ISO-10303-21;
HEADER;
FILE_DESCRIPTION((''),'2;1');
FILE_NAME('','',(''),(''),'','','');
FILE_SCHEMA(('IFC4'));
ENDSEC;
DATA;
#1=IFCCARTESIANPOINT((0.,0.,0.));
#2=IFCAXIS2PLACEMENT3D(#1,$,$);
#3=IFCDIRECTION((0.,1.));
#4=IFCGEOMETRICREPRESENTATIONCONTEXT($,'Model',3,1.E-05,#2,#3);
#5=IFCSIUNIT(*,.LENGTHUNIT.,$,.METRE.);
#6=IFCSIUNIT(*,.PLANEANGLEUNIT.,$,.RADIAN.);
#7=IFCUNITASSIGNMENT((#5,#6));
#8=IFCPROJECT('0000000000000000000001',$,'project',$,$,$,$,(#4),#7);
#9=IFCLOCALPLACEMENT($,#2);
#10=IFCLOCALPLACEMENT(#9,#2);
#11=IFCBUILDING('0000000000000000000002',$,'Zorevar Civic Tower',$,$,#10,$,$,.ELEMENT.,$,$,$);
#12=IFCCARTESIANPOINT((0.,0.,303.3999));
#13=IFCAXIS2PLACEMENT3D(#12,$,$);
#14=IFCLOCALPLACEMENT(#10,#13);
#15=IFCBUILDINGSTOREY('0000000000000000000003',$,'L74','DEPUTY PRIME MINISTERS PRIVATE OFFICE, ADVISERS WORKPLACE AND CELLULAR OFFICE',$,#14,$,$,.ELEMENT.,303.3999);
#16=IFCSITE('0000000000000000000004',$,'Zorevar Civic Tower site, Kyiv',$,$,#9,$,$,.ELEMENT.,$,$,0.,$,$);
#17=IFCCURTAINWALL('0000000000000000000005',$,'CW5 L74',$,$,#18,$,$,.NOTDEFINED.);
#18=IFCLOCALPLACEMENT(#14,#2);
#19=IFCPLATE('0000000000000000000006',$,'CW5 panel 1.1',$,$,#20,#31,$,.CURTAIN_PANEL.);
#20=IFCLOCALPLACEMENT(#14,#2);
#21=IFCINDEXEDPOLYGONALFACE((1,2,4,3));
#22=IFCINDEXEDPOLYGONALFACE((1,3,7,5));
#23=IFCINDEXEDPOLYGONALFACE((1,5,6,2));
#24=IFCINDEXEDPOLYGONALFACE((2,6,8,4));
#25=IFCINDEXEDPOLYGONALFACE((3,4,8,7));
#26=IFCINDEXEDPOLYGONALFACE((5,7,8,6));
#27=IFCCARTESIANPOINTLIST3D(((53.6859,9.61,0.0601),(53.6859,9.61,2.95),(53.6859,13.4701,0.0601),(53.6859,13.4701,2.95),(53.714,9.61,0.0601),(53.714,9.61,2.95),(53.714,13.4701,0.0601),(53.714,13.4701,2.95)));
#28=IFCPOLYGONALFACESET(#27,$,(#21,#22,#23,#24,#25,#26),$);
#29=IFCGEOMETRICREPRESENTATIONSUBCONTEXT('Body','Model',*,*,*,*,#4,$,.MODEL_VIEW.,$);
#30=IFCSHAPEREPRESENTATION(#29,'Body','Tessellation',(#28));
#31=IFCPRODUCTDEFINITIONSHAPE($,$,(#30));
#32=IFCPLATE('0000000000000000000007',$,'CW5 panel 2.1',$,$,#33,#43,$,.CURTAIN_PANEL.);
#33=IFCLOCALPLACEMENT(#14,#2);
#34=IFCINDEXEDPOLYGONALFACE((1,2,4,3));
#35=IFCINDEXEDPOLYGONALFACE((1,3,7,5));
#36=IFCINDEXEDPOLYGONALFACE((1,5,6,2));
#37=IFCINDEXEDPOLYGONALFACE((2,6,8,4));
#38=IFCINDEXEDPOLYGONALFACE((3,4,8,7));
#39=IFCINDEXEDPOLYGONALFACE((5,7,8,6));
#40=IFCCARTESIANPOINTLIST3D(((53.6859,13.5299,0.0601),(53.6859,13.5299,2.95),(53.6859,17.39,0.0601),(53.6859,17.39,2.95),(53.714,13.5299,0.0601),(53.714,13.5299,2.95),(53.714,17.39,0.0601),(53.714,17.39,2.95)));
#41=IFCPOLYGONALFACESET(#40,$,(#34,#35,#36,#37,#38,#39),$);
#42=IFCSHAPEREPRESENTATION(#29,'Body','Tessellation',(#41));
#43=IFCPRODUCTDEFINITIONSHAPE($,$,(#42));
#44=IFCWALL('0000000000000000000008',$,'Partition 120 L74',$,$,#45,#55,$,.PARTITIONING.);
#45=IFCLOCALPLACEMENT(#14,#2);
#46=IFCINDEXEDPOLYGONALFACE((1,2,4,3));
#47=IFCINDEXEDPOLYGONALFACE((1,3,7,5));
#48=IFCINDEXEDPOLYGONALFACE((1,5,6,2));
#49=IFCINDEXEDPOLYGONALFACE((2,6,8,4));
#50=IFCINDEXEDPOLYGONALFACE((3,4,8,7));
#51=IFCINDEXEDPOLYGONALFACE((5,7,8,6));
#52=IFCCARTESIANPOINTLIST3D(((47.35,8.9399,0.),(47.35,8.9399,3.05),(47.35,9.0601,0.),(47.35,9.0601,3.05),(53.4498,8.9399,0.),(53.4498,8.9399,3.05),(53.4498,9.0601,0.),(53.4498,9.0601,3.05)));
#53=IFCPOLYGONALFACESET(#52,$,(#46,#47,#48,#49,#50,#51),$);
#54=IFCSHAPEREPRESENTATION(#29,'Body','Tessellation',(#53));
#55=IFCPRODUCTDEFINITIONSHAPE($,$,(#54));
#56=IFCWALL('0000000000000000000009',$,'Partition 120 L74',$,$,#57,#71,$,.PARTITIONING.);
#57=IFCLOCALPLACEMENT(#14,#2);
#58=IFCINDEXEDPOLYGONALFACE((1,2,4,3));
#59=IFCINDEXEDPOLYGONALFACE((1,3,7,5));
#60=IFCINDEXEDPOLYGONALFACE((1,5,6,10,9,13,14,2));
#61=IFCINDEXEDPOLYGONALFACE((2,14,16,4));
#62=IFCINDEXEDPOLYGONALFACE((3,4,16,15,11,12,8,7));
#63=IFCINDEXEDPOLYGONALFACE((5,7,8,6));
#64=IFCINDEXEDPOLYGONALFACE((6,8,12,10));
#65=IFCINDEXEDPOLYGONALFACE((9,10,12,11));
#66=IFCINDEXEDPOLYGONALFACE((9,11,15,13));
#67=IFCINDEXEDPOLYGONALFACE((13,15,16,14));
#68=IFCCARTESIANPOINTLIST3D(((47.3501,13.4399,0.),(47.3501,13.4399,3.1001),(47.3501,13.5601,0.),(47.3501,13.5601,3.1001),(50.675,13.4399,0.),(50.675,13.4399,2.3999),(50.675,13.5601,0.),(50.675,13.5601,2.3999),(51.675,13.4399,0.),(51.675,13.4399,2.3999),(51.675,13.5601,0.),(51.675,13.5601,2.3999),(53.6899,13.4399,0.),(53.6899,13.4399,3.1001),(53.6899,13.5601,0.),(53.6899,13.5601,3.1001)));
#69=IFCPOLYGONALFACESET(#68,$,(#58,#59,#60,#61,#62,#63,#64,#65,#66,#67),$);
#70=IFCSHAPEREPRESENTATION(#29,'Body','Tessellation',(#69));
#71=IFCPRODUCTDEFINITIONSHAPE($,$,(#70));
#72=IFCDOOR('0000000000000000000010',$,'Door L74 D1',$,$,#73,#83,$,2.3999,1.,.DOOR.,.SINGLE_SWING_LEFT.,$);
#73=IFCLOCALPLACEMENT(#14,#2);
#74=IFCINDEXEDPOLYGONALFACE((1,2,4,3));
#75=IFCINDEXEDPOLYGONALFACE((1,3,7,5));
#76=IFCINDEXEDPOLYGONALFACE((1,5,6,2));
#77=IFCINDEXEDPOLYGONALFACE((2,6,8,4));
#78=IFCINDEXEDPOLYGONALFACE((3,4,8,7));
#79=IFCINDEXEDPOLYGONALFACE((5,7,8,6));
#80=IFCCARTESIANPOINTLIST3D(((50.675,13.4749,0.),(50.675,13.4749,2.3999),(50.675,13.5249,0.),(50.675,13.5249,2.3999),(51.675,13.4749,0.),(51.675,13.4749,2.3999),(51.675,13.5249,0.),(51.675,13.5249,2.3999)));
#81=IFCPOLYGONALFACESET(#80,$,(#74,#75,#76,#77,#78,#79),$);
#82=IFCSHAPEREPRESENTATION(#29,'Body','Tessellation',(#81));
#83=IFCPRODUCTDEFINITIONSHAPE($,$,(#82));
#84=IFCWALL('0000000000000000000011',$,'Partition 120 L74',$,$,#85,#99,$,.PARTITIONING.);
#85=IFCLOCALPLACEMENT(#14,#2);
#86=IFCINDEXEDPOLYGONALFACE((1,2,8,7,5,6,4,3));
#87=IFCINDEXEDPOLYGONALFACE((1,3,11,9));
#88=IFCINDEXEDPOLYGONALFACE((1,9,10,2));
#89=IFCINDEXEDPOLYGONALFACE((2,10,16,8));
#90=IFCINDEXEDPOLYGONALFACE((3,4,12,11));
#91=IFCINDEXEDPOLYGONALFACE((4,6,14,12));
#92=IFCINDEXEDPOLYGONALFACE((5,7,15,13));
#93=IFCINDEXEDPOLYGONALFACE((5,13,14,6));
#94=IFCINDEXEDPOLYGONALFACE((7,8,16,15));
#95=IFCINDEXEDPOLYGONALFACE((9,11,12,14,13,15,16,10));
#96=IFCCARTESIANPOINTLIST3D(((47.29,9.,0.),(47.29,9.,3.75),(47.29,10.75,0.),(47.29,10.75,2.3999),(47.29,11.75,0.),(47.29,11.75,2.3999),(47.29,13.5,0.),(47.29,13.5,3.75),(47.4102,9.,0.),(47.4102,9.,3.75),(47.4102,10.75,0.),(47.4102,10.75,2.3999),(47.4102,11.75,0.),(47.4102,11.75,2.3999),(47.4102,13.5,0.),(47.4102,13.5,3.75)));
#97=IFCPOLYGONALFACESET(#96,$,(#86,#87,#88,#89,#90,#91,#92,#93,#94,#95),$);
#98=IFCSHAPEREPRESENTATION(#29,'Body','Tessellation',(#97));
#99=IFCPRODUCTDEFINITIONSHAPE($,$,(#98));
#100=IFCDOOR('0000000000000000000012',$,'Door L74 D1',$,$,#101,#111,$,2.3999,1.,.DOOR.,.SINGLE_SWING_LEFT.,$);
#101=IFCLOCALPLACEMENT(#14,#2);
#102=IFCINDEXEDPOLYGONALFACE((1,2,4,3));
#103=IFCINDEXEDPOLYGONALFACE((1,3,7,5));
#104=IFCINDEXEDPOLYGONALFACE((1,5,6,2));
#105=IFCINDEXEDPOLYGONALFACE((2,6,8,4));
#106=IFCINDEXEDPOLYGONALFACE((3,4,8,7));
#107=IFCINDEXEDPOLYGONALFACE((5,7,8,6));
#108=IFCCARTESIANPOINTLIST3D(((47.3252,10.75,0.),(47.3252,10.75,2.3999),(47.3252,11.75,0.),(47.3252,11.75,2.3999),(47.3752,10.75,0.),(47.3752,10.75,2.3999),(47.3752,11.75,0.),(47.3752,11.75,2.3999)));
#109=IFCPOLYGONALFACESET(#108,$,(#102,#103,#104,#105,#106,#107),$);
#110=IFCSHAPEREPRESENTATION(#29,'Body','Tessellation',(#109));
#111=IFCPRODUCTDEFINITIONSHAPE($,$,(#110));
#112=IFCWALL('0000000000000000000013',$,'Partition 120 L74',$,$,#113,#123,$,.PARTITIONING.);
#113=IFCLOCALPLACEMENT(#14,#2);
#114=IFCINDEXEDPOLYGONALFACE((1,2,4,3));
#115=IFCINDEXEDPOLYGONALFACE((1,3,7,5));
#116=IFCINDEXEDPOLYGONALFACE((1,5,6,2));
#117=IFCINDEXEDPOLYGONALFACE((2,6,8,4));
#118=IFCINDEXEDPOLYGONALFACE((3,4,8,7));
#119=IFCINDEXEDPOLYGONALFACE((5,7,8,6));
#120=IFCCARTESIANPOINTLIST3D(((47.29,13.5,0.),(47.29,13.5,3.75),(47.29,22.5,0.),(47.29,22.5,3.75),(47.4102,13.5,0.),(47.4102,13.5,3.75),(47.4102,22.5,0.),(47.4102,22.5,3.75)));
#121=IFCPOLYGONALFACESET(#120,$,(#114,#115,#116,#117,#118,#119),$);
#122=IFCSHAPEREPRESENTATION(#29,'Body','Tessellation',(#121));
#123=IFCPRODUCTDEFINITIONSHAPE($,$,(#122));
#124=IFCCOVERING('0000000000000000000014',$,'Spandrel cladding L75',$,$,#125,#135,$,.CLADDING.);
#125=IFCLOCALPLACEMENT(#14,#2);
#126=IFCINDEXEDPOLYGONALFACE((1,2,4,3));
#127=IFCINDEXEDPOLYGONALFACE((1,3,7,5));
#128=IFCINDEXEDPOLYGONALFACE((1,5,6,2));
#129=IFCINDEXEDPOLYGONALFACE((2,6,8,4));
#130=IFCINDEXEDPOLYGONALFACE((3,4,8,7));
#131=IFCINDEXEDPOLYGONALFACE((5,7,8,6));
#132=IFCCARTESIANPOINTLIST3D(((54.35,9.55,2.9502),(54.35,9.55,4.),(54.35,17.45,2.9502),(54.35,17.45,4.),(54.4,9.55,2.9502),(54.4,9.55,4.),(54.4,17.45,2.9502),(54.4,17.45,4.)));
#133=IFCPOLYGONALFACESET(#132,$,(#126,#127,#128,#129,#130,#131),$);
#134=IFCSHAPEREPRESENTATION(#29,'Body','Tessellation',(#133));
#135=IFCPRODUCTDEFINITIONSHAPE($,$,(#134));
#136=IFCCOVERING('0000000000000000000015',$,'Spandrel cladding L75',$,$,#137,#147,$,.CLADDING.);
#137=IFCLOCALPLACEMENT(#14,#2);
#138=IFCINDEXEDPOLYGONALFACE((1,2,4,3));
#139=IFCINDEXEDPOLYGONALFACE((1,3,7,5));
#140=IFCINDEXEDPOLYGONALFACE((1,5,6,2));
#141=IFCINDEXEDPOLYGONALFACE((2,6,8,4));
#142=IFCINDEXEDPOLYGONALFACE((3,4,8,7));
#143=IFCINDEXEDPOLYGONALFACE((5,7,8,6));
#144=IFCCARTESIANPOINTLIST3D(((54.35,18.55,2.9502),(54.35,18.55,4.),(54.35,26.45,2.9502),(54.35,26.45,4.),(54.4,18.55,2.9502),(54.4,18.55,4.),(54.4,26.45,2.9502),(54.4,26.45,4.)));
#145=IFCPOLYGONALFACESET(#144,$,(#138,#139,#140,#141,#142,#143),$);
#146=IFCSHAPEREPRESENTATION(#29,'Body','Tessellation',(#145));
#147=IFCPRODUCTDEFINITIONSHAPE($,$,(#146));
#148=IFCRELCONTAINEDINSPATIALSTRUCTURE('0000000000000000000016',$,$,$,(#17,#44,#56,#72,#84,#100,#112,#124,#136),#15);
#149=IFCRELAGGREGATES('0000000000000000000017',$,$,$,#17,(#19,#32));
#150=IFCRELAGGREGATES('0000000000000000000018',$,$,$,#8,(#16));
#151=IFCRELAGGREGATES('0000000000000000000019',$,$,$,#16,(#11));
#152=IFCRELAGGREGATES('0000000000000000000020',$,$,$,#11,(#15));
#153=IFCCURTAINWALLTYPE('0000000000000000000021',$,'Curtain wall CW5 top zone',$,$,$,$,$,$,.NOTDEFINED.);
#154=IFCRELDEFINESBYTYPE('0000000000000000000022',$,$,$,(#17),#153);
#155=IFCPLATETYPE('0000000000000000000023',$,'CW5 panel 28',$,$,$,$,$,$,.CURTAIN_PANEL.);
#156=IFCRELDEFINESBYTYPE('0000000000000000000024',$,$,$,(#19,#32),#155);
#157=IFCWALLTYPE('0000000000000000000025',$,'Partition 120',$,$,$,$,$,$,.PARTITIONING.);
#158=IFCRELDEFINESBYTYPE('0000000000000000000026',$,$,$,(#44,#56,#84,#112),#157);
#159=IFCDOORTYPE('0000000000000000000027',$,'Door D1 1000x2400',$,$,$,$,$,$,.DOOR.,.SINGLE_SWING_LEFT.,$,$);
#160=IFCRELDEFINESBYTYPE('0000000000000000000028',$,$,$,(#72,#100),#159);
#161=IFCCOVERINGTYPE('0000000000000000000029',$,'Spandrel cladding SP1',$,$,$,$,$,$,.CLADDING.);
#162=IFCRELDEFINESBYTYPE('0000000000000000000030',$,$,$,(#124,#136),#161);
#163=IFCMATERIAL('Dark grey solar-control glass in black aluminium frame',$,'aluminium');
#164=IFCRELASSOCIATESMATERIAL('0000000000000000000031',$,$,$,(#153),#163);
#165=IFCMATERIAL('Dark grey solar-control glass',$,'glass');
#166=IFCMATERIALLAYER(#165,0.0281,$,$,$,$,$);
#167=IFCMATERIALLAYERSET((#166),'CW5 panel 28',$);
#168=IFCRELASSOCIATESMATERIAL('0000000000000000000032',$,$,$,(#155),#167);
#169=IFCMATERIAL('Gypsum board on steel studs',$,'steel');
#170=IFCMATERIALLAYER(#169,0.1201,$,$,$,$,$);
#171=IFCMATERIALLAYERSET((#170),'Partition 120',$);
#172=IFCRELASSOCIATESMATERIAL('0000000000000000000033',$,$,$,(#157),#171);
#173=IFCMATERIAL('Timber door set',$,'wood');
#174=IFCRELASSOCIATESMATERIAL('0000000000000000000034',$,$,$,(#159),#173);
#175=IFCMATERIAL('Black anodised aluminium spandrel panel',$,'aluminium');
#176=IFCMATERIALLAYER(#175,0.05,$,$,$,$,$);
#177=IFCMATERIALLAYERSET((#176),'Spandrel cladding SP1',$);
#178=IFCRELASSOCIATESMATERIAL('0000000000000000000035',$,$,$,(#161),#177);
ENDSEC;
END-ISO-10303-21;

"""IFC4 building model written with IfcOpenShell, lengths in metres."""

from ifc_helpers import new_model, si_unit, direction, frame, frame_2d, origin, origin_2d, place, context, subcontext, project, spatial, rectangle, extrude, material, layer, layer_set, type_object, element, fill, aggregate, save


model = new_model("IFC4")

# Units and contexts
model_context = context("Model", 3, precision=1e-05, world=origin(), true_north=direction((0.0, 1.0)))
body_context = subcontext(model_context, "Body", "Model", "MODEL_VIEW")
ifc_project = project(units=[si_unit("LENGTHUNIT", "METRE"), si_unit("PLANEANGLEUNIT", "RADIAN")], contexts=[model_context])

# Site, building, storey
site_placement = place(None, origin())
site = spatial("IfcSite", under=ifc_project, at=site_placement, Name="Zorevar Civic Tower site, Kyiv", CompositionType="ELEMENT", RefElevation=0.0)
building_placement = place(site_placement, origin())
building = spatial("IfcBuilding", under=site, at=building_placement, Name="Zorevar Civic Tower", CompositionType="ELEMENT")
storey_placement = place(building_placement, frame((0.0, 0.0, 303.3999)))
storey = spatial("IfcBuildingStorey", under=building, at=storey_placement, Name="L74", Description="DEPUTY PRIME MINISTERS PRIVATE OFFICE, ADVISERS WORKPLACE AND CELLULAR OFFICE", CompositionType="ELEMENT", Elevation=303.3999)

# Curtain wall
ifc_material_1 = material(Name="Dark grey solar-control glass in black aluminium frame", Category="aluminium")
curtain_wall_type = type_object("IfcCurtainWallType", Name="Curtain wall CW5 top zone", PredefinedType="NOTDEFINED", material=ifc_material_1)
curtain_wall_placement = place(storey_placement, origin())
curtain_wall = element("IfcCurtainWall", 1, at=curtain_wall_placement, inside=storey, type_object=curtain_wall_type, Name="CW5 L74", PredefinedType="NOTDEFINED")

# Plates
ifc_material_2 = material(Name="Dark grey solar-control glass", Category="glass")
ifc_layer_1 = layer(ifc_material_2, 0.0281)
ifc_layer_set_1 = layer_set([ifc_layer_1], Name="CW5 panel 28")
plate_type = type_object("IfcPlateType", Name="CW5 panel 28", PredefinedType="CURTAIN_PANEL", material=ifc_layer_set_1)
plate_1_placement = place(storey_placement, frame((53.7, 11.54, 0.0601), z_axis=(0.0, 0.0, 1.0), x_axis=(0.0, 1.0, 0.0)))
plate_1 = element("IfcPlate", 2, at=plate_1_placement, type_object=plate_type, Name="CW5 panel 1.1", PredefinedType="CURTAIN_PANEL", context=body_context, shape_type="SweptSolid", body=[
    extrude(rectangle(XDim=3.8601, YDim=0.0281, at=origin_2d()), origin(), (0.0, 0.0, 1.0), 2.8899),
])
plate_2_placement = place(storey_placement, frame((53.7, 15.46, 0.0601), z_axis=(0.0, 0.0, 1.0), x_axis=(0.0, 1.0, 0.0)))
plate_2 = element("IfcPlate", 3, at=plate_2_placement, type_object=plate_type, Name="CW5 panel 2.1", PredefinedType="CURTAIN_PANEL", context=body_context, shape_type="SweptSolid", body=[
    extrude(rectangle(XDim=3.8601, YDim=0.0281, at=origin_2d()), origin(), (0.0, 0.0, 1.0), 2.8899),
])
aggregate(curtain_wall, [plate_1, plate_2])

# Wall
ifc_material_3 = material(Name="Gypsum board on steel studs", Category="steel")
ifc_layer_2 = layer(ifc_material_3, 0.1201)
ifc_layer_set_2 = layer_set([ifc_layer_2], Name="Partition 120")
wall_type_1 = type_object("IfcWallType", Name="Partition 120", PredefinedType="PARTITIONING", material=ifc_layer_set_2)
wall_1_placement = place(storey_placement, frame((47.3501, 9.0, 0.0), z_axis=(0.0, 0.0, 1.0), x_axis=(1.0, 0.0, 0.0)))
element("IfcWall", 4, at=wall_1_placement, inside=storey, type_object=wall_type_1, Name="Partition 120 L74", PredefinedType="PARTITIONING", context=body_context, shape_type="SweptSolid", body=[
    extrude(rectangle(XDim=6.0999, YDim=0.1201, at=frame_2d((3.0498, 0.0))), origin(), (0.0, 0.0, 1.0), 3.05),
])

# Walls, openings, doors
wall_2_placement = place(storey_placement, frame((47.3501, 13.5, 0.0), z_axis=(0.0, 0.0, 1.0), x_axis=(1.0, 0.0, 0.0)))
wall_2 = element("IfcWall", 5, at=wall_2_placement, inside=storey, type_object=wall_type_1, Name="Partition 120 L74", PredefinedType="PARTITIONING", context=body_context, shape_type="SweptSolid", body=[
    extrude(rectangle(XDim=6.3398, YDim=0.1201, at=frame_2d((3.1699, 0.0))), origin(), (0.0, 0.0, 1.0), 3.1001),
])
opening_1_placement = place(wall_2_placement, frame((3.325, 0.0, 0.0)))
opening_1 = element("IfcOpeningElement", 6, at=opening_1_placement, cuts=wall_2, PredefinedType="OPENING", context=body_context, shape_type="SweptSolid", body=[
    extrude(rectangle(XDim=1.0, YDim=2.3999, at=frame_2d((0.5, 1.2))), frame((0.0, 0.0701, 0.0), z_axis=(0.0, -1.0, 0.0), x_axis=(1.0, 0.0, 0.0)), (0.0, 0.0, 1.0), 0.1401),
])
ifc_material_4 = material(Name="Timber door set", Category="wood")
door_type_1 = type_object("IfcDoorType", Name="Door D1 1000x2400", OperationType="SINGLE_SWING_LEFT", PredefinedType="DOOR", material=ifc_material_4)
door_1_placement = place(opening_1_placement, origin())
door_1 = element("IfcDoor", 7, at=door_1_placement, inside=storey, type_object=door_type_1, Name="Door L74 D1", OperationType="SINGLE_SWING_LEFT", OverallHeight=2.3999, OverallWidth=1.0, PredefinedType="DOOR", context=body_context, shape_type="SweptSolid", body=[
    extrude(rectangle(XDim=1.0, YDim=2.3999, at=frame_2d((0.5, 1.2))), frame((0.0, 0.0249, 0.0), z_axis=(0.0, -1.0, 0.0), x_axis=(1.0, 0.0, 0.0)), (0.0, 0.0, 1.0), 0.05),
])
fill(opening_1, door_1)
wall_3_placement = place(storey_placement, frame((47.3501, 9.0, 0.0), z_axis=(0.0, 0.0, 1.0), x_axis=(0.0, 1.0, 0.0)))
wall_3 = element("IfcWall", 8, at=wall_3_placement, inside=storey, type_object=wall_type_1, Name="Partition 120 L74", PredefinedType="PARTITIONING", context=body_context, shape_type="SweptSolid", body=[
    extrude(rectangle(XDim=4.5, YDim=0.1201, at=frame_2d((2.25, 0.0))), origin(), (0.0, 0.0, 1.0), 3.75),
])
opening_2_placement = place(wall_3_placement, frame((1.75, 0.0, 0.0)))
opening_2 = element("IfcOpeningElement", 9, at=opening_2_placement, cuts=wall_3, PredefinedType="OPENING", context=body_context, shape_type="SweptSolid", body=[
    extrude(rectangle(XDim=1.0, YDim=2.3999, at=frame_2d((0.5, 1.2))), frame((0.0, 0.0701, 0.0), z_axis=(0.0, -1.0, 0.0), x_axis=(1.0, 0.0, 0.0)), (0.0, 0.0, 1.0), 0.1401),
])
door_2_placement = place(opening_2_placement, origin())
door_2 = element("IfcDoor", 10, at=door_2_placement, inside=storey, type_object=door_type_1, Name="Door L74 D1", OperationType="SINGLE_SWING_LEFT", OverallHeight=2.3999, OverallWidth=1.0, PredefinedType="DOOR", context=body_context, shape_type="SweptSolid", body=[
    extrude(rectangle(XDim=1.0, YDim=2.3999, at=frame_2d((0.5, 1.2))), frame((0.0, 0.0249, 0.0), z_axis=(0.0, -1.0, 0.0), x_axis=(1.0, 0.0, 0.0)), (0.0, 0.0, 1.0), 0.05),
])
fill(opening_2, door_2)

# Wall
wall_4_placement = place(storey_placement, frame((47.3501, 13.5, 0.0), z_axis=(0.0, 0.0, 1.0), x_axis=(0.0, 1.0, 0.0)))
element("IfcWall", 11, at=wall_4_placement, inside=storey, type_object=wall_type_1, Name="Partition 120 L74", PredefinedType="PARTITIONING", context=body_context, shape_type="SweptSolid", body=[
    extrude(rectangle(XDim=9.0, YDim=0.1201, at=frame_2d((4.5, 0.0))), origin(), (0.0, 0.0, 1.0), 3.75),
])

# Coverings
ifc_material_5 = material(Name="Black anodised aluminium spandrel panel", Category="aluminium")
ifc_layer_3 = layer(ifc_material_5, 0.05)
ifc_layer_set_3 = layer_set([ifc_layer_3], Name="Spandrel cladding SP1")
covering_type = type_object("IfcCoveringType", Name="Spandrel cladding SP1", PredefinedType="CLADDING", material=ifc_layer_set_3)
for number, where, z_axis, x_axis, name in (
    (12, (54.375, 9.55, 2.9502), (0.0, 0.0, 1.0), (0.0, 1.0, 0.0), "Spandrel cladding L75"),
    (13, (54.375, 18.55, 2.9502), (0.0, 0.0, 1.0), (0.0, 1.0, 0.0), "Spandrel cladding L75"),
):
    element("IfcCovering", number, at=place(storey_placement, frame(where, z_axis=z_axis, x_axis=x_axis)), inside=storey, type_object=covering_type, Name=name, PredefinedType="CLADDING", context=body_context, shape_type="SweptSolid", body=[
        extrude(rectangle(XDim=7.8999, YDim=0.05, at=frame_2d((3.95, 0.0))), origin(), (0.0, 0.0, 1.0), 1.0498),
    ])

save(model, "model.ifc")
